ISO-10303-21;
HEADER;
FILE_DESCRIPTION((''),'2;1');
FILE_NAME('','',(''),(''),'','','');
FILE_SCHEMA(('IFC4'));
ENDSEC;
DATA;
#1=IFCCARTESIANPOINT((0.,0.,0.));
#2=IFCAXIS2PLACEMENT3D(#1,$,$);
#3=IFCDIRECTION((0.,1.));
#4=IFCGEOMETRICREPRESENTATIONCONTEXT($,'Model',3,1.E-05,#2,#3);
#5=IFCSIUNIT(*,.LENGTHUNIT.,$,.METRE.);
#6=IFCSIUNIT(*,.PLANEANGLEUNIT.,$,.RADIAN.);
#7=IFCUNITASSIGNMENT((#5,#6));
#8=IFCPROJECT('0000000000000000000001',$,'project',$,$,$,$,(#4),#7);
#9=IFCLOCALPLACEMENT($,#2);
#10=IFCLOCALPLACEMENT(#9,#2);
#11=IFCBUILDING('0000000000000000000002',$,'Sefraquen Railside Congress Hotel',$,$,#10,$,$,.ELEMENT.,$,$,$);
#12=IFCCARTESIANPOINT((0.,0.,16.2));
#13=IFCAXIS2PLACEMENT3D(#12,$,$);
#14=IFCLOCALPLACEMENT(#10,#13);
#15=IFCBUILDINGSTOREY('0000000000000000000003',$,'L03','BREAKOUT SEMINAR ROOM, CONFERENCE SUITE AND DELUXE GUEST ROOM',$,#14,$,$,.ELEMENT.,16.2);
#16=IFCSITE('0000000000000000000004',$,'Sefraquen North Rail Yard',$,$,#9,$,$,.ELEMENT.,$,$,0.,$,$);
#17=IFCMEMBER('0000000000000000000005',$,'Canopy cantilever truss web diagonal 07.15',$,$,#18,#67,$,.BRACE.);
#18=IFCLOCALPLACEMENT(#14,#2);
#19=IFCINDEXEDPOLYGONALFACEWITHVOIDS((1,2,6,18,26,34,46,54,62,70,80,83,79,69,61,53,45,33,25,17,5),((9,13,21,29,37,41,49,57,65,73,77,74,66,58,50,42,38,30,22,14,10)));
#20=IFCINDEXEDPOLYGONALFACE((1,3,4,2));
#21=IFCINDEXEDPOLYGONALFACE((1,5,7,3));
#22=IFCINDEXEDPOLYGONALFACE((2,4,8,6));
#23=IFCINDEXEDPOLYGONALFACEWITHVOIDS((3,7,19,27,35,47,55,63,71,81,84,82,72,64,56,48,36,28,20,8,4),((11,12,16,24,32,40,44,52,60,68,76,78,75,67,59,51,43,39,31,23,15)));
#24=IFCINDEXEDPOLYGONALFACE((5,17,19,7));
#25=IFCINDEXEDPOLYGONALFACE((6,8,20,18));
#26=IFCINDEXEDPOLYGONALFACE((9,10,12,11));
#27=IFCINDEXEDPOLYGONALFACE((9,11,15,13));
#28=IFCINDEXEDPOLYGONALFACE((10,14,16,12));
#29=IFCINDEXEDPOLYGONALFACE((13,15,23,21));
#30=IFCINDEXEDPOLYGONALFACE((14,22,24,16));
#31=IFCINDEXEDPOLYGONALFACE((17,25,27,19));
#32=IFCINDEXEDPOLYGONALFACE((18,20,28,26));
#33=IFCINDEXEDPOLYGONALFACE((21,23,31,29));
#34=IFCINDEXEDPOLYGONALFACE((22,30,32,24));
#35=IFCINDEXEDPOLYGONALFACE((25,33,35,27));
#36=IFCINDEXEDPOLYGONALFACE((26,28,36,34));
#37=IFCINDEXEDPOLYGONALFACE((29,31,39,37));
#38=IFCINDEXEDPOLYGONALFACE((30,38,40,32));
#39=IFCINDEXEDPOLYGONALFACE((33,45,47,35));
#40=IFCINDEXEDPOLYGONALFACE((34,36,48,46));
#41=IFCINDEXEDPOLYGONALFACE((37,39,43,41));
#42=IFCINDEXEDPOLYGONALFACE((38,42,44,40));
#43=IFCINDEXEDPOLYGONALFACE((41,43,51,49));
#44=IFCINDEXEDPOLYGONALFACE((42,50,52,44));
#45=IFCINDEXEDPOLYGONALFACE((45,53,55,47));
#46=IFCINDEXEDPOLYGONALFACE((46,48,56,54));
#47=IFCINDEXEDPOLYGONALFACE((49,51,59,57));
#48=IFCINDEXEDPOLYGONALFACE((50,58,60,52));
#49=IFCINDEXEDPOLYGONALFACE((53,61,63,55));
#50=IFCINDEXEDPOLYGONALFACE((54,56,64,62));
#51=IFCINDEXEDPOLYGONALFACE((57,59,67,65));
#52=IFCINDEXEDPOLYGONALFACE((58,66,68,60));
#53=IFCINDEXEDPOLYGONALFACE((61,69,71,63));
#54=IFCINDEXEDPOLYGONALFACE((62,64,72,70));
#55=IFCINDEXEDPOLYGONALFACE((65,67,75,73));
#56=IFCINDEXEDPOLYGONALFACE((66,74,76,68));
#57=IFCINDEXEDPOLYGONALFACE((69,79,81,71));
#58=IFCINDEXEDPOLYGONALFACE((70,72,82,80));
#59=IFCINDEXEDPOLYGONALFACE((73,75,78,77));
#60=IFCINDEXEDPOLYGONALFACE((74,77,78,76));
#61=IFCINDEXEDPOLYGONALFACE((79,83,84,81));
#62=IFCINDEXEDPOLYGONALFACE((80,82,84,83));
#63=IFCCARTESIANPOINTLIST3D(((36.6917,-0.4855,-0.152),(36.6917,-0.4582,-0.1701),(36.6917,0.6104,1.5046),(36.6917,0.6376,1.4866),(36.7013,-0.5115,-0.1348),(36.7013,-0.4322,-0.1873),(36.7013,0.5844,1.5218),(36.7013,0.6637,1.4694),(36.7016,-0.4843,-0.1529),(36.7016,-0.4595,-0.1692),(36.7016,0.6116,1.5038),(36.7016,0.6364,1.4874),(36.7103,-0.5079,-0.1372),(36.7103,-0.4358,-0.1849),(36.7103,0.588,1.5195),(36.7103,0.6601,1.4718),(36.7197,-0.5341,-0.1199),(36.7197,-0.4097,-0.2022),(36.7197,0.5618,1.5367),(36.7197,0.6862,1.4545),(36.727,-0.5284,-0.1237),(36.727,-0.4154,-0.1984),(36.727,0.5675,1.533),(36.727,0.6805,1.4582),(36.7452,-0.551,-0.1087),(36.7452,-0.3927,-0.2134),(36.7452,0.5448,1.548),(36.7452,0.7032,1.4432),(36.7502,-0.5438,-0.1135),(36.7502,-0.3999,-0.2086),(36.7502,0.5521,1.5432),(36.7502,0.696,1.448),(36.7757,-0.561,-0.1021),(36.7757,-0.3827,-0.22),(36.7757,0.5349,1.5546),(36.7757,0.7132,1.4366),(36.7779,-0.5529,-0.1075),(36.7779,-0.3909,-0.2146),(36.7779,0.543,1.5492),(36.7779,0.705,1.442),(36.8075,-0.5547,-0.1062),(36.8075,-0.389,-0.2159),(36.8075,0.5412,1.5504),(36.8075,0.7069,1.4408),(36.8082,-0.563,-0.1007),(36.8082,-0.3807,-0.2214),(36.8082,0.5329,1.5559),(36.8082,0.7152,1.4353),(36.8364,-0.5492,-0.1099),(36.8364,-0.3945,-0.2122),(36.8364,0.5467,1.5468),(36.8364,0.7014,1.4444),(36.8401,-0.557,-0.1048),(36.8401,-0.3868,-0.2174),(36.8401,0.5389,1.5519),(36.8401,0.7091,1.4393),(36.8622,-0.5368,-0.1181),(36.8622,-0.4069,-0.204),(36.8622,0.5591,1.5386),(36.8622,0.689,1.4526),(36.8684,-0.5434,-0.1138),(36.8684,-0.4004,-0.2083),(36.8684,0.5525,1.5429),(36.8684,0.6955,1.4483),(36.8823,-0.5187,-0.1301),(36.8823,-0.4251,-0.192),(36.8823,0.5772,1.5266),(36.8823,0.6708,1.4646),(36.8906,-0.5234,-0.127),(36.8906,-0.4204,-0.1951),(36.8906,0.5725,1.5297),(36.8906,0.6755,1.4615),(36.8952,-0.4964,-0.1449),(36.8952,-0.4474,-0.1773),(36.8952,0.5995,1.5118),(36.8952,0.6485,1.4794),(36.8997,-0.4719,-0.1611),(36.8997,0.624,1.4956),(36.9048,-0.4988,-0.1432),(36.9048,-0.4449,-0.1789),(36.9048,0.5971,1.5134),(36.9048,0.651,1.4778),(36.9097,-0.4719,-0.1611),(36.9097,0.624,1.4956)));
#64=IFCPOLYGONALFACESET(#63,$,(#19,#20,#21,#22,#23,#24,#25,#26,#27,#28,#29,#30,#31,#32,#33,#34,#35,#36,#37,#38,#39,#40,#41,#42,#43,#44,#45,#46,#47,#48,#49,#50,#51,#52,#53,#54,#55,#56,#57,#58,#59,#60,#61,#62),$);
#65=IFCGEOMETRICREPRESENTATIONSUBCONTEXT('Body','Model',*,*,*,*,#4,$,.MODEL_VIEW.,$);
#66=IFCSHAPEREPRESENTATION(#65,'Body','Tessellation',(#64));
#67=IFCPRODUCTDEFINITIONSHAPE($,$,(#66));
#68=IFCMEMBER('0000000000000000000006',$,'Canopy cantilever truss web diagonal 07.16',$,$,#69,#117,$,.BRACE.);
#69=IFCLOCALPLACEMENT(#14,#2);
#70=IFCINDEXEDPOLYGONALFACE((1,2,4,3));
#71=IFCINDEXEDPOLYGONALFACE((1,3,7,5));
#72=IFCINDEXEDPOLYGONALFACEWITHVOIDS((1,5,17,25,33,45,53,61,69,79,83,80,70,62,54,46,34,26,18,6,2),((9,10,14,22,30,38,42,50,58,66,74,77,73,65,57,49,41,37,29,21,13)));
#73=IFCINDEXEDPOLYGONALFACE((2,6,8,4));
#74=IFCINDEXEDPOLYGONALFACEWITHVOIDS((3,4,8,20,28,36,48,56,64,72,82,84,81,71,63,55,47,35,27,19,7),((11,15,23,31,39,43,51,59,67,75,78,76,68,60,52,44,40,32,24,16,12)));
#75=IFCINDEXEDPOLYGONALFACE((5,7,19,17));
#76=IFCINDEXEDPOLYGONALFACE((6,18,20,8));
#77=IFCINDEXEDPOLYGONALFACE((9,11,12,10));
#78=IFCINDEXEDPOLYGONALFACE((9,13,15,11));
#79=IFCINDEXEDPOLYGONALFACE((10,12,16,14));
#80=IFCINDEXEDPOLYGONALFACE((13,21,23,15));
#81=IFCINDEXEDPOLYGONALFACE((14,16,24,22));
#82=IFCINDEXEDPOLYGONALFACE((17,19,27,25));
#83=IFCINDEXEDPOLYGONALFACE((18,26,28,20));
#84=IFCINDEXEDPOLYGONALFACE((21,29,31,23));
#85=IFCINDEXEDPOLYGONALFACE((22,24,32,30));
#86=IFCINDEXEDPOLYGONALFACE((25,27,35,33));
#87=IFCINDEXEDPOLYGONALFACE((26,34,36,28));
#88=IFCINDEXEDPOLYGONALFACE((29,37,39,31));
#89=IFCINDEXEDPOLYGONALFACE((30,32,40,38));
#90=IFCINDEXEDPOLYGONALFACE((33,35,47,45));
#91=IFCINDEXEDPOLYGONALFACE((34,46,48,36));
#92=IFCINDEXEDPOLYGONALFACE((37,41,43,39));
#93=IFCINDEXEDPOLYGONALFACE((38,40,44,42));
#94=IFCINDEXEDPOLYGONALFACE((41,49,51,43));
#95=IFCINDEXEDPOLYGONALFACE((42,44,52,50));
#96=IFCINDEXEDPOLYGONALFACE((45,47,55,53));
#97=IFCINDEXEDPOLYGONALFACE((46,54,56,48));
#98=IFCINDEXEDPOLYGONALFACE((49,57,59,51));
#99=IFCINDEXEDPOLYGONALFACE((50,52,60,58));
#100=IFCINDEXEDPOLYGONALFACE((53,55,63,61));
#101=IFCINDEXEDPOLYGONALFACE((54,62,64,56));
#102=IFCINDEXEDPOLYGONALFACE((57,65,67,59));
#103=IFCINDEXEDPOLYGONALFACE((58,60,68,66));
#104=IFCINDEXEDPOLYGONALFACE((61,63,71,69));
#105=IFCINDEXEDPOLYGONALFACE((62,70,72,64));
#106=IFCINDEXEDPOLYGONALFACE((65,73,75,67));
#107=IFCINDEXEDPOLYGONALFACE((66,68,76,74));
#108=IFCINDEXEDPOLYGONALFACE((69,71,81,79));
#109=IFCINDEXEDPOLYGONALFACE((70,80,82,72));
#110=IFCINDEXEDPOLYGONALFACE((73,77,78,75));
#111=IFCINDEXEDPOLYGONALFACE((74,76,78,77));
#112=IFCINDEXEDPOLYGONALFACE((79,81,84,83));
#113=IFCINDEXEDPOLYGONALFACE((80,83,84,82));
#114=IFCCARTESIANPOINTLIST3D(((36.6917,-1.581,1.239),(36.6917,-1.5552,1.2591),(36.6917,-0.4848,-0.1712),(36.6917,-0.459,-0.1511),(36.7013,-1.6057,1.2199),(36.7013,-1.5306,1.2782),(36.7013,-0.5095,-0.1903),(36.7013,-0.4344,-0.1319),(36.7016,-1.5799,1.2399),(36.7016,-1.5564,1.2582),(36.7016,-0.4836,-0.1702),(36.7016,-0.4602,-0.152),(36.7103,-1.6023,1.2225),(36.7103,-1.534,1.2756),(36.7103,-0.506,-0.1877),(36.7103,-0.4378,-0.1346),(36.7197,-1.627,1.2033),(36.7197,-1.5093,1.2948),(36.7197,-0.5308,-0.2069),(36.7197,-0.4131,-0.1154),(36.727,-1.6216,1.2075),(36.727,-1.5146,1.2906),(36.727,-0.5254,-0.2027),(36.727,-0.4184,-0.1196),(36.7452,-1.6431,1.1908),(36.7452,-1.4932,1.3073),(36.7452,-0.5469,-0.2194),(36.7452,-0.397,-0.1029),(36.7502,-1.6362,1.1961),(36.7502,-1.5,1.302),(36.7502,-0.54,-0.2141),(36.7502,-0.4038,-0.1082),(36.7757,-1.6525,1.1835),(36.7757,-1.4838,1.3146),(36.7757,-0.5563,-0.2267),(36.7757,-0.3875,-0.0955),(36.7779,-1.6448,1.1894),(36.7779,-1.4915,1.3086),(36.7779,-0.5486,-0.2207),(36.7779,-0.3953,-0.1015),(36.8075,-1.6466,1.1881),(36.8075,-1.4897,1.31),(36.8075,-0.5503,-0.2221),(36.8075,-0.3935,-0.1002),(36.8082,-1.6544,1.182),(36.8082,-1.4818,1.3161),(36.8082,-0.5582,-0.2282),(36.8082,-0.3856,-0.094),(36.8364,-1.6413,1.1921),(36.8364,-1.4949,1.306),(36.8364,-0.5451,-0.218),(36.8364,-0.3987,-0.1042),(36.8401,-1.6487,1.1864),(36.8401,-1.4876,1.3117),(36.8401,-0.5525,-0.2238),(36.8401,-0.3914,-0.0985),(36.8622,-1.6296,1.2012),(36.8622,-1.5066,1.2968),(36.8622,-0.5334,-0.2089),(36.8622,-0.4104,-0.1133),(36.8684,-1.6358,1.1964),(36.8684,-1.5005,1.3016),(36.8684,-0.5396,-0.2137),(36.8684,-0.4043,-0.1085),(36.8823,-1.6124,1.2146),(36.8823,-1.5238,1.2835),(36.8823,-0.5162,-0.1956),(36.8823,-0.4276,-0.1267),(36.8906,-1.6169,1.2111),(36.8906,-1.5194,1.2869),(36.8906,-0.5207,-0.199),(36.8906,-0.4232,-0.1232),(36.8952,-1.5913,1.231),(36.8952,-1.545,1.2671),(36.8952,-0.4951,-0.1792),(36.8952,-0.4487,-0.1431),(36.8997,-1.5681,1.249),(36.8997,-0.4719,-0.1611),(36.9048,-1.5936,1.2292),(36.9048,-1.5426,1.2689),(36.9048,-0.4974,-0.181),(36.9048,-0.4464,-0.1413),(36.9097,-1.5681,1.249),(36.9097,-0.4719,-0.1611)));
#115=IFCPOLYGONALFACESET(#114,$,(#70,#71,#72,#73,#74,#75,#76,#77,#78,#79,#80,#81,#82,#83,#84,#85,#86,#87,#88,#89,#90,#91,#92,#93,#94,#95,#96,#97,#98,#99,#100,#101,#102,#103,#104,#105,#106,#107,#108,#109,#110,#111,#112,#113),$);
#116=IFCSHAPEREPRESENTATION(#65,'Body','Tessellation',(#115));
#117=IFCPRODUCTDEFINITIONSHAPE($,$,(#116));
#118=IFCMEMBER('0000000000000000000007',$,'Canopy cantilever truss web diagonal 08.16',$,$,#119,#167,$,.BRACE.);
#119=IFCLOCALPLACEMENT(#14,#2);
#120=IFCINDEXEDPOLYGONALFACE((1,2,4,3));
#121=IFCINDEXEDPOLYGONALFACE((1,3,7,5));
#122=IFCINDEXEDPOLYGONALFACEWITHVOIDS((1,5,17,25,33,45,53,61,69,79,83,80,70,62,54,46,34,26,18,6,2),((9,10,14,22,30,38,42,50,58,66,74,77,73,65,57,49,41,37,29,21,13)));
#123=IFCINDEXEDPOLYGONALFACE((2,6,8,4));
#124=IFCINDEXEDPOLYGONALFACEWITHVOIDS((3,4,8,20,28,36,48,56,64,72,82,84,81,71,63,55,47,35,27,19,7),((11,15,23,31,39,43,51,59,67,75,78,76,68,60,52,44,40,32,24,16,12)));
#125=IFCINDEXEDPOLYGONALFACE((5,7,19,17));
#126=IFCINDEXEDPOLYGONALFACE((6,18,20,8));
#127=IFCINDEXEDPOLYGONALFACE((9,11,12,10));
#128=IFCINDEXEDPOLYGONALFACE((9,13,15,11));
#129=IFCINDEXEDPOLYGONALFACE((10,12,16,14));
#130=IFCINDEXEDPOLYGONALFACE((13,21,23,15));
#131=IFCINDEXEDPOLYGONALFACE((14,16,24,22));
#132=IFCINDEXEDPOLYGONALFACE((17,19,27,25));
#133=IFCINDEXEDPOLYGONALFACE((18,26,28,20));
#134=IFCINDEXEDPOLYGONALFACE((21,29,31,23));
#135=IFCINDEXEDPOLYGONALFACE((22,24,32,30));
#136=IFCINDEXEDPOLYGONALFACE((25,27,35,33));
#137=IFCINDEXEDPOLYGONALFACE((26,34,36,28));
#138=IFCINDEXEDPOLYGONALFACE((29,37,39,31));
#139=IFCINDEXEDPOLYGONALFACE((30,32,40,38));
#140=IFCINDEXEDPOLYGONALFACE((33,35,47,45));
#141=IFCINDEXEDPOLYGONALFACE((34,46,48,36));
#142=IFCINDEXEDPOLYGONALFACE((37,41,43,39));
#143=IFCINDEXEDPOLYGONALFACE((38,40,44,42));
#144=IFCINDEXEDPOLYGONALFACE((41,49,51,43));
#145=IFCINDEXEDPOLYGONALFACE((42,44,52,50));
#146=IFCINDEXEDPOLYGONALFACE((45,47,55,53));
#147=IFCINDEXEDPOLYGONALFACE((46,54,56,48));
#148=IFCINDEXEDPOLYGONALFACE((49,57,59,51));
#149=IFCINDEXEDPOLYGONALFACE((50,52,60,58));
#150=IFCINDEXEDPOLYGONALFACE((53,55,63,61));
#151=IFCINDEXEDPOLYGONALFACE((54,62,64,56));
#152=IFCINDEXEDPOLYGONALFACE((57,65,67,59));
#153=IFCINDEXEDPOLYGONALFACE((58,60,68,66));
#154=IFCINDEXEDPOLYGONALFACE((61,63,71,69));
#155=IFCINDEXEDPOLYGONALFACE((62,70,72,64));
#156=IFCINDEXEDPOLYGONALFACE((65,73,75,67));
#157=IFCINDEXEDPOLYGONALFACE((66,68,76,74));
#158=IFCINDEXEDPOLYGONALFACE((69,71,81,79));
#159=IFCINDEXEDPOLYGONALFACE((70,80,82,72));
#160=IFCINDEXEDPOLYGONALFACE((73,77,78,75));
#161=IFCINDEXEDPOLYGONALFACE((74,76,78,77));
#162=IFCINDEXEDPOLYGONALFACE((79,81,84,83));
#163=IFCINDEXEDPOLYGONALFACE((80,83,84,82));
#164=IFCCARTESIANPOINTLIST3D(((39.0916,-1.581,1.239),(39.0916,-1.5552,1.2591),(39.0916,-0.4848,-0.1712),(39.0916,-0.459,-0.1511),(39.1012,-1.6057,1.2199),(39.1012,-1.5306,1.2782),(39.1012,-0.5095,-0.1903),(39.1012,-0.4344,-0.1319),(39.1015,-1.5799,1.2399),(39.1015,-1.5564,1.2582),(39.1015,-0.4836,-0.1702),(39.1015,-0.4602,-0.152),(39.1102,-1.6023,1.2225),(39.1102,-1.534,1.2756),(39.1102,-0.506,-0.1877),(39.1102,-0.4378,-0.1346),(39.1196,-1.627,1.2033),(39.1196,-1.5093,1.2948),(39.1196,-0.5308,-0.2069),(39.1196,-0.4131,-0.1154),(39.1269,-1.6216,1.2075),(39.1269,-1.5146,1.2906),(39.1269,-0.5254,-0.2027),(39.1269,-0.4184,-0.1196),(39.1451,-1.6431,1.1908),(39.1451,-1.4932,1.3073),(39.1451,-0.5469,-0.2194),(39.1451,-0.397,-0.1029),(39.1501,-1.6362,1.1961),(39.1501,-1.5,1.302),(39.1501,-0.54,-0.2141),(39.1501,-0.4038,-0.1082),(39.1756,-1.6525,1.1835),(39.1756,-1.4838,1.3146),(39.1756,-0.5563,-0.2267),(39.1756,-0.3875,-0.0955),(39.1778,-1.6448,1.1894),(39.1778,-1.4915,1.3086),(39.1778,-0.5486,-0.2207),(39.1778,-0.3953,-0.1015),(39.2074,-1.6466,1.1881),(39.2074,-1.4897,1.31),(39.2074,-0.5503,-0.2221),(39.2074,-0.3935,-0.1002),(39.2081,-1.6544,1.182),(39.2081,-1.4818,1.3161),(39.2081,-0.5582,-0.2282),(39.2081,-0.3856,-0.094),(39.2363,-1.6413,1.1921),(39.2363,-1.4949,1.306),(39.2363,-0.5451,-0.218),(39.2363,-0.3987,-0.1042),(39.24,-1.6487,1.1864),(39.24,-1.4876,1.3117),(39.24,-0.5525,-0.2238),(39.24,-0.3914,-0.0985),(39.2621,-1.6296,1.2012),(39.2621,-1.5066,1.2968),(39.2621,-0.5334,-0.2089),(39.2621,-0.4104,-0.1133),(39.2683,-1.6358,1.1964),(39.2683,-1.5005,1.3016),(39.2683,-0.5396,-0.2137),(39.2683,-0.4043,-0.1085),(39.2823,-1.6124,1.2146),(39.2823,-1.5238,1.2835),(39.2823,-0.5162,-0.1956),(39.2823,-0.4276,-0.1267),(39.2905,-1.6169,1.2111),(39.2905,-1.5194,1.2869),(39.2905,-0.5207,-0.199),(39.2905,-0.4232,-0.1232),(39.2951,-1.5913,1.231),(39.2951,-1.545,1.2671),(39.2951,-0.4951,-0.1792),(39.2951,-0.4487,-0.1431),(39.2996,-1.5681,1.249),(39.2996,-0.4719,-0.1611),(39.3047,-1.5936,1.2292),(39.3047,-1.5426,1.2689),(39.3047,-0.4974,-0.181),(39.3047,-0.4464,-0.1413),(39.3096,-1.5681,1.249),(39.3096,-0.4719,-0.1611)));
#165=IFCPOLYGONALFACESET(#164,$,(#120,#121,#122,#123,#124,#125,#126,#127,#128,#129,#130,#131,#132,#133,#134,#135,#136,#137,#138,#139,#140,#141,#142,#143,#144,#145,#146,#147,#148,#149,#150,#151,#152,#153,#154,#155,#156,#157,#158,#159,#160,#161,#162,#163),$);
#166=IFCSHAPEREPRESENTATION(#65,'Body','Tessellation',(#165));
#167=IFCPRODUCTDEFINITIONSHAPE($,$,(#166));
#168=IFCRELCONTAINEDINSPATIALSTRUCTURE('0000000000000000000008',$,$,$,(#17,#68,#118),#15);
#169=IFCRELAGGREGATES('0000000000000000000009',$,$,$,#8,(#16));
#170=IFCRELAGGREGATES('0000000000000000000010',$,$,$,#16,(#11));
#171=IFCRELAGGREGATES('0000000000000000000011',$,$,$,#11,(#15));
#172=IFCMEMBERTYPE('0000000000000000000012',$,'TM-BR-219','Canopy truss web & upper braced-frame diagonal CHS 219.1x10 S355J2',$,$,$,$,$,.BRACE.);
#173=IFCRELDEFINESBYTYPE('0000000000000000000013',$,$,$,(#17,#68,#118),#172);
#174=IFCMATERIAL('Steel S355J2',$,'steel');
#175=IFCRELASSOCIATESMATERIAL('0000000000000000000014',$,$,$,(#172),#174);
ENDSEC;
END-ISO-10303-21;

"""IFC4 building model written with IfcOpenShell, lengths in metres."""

from ifc_helpers import new_model, si_unit, direction, frame, origin, origin_2d, place, context, subcontext, project, spatial, hollow_circle, extrude, material, material_profile, profile_set, type_object, element, save


model = new_model("IFC4")

# Units and contexts
model_context = context("Model", 3, precision=1e-05, world=origin(), true_north=direction((0.0, 1.0)))
body_context = subcontext(model_context, "Body", "Model", "MODEL_VIEW")
ifc_project = project(units=[si_unit("LENGTHUNIT", "METRE"), si_unit("PLANEANGLEUNIT", "RADIAN")], contexts=[model_context])

# Site, building, storey
site_placement = place(None, origin())
site = spatial("IfcSite", under=ifc_project, at=site_placement, Name="Sefraquen North Rail Yard", CompositionType="ELEMENT", RefElevation=0.0)
building_placement = place(site_placement, origin())
building = spatial("IfcBuilding", under=site, at=building_placement, Name="Sefraquen Railside Congress Hotel", CompositionType="ELEMENT")
storey_placement = place(building_placement, frame((0.0, 0.0, 16.2)))
storey = spatial("IfcBuildingStorey", under=building, at=storey_placement, Name="L03", Description="BREAKOUT SEMINAR ROOM, CONFERENCE SUITE AND DELUXE GUEST ROOM", CompositionType="ELEMENT", Elevation=16.2)

# Members
ifc_material_1 = material(Name="Steel S355J2", Category="steel")
ifc_material_profile_1 = material_profile(ifc_material_1, hollow_circle(Radius=0.1096, WallThickness=0.01, at=origin_2d()), Name="CHS 219.1x10")
ifc_profile_set_1 = profile_set([ifc_material_profile_1], Name="Steel S355J2")
member_type_1 = type_object("IfcMemberType", Name="TM-BR-219", Description="Canopy truss web & upper braced-frame diagonal CHS 219.1x10 S355J2", PredefinedType="BRACE", material=ifc_profile_set_1)
member_1_placement = place(storey_placement, frame((36.8, 0.624, 1.4956), z_axis=(0.0, -0.551719, -0.83403), x_axis=(1.0, 0.0, 0.0)))
element("IfcMember", 1, at=member_1_placement, inside=storey, type_object=member_type_1, Name="Canopy cantilever truss web diagonal 07.15", PredefinedType="BRACE", context=body_context, shape_type="SweptSolid", body=[
    extrude(hollow_circle(Radius=0.1096, WallThickness=0.01, at=origin_2d()), origin(), (0.0, 0.0, 1.0), 1.9863),
])
for number, where, z_axis, x_axis, name in (
    (2, (36.8, -0.4719, -0.1611), (0.0, -0.613732, 0.789514), (1.0, 0.0, 0.0), "Canopy cantilever truss web diagonal 07.16"),
    (3, (39.2, -0.4719, -0.1611), (0.0, -0.613732, 0.789514), (1.0, 0.0, 0.0), "Canopy cantilever truss web diagonal 08.16"),
):
    element("IfcMember", number, at=place(storey_placement, frame(where, z_axis=z_axis, x_axis=x_axis)), inside=storey, type_object=member_type_1, Name=name, PredefinedType="BRACE", context=body_context, shape_type="SweptSolid", body=[
        extrude(hollow_circle(Radius=0.1096, WallThickness=0.01, at=origin_2d()), origin(), (0.0, 0.0, 1.0), 1.7861),
    ])

save(model, "model.ifc")
